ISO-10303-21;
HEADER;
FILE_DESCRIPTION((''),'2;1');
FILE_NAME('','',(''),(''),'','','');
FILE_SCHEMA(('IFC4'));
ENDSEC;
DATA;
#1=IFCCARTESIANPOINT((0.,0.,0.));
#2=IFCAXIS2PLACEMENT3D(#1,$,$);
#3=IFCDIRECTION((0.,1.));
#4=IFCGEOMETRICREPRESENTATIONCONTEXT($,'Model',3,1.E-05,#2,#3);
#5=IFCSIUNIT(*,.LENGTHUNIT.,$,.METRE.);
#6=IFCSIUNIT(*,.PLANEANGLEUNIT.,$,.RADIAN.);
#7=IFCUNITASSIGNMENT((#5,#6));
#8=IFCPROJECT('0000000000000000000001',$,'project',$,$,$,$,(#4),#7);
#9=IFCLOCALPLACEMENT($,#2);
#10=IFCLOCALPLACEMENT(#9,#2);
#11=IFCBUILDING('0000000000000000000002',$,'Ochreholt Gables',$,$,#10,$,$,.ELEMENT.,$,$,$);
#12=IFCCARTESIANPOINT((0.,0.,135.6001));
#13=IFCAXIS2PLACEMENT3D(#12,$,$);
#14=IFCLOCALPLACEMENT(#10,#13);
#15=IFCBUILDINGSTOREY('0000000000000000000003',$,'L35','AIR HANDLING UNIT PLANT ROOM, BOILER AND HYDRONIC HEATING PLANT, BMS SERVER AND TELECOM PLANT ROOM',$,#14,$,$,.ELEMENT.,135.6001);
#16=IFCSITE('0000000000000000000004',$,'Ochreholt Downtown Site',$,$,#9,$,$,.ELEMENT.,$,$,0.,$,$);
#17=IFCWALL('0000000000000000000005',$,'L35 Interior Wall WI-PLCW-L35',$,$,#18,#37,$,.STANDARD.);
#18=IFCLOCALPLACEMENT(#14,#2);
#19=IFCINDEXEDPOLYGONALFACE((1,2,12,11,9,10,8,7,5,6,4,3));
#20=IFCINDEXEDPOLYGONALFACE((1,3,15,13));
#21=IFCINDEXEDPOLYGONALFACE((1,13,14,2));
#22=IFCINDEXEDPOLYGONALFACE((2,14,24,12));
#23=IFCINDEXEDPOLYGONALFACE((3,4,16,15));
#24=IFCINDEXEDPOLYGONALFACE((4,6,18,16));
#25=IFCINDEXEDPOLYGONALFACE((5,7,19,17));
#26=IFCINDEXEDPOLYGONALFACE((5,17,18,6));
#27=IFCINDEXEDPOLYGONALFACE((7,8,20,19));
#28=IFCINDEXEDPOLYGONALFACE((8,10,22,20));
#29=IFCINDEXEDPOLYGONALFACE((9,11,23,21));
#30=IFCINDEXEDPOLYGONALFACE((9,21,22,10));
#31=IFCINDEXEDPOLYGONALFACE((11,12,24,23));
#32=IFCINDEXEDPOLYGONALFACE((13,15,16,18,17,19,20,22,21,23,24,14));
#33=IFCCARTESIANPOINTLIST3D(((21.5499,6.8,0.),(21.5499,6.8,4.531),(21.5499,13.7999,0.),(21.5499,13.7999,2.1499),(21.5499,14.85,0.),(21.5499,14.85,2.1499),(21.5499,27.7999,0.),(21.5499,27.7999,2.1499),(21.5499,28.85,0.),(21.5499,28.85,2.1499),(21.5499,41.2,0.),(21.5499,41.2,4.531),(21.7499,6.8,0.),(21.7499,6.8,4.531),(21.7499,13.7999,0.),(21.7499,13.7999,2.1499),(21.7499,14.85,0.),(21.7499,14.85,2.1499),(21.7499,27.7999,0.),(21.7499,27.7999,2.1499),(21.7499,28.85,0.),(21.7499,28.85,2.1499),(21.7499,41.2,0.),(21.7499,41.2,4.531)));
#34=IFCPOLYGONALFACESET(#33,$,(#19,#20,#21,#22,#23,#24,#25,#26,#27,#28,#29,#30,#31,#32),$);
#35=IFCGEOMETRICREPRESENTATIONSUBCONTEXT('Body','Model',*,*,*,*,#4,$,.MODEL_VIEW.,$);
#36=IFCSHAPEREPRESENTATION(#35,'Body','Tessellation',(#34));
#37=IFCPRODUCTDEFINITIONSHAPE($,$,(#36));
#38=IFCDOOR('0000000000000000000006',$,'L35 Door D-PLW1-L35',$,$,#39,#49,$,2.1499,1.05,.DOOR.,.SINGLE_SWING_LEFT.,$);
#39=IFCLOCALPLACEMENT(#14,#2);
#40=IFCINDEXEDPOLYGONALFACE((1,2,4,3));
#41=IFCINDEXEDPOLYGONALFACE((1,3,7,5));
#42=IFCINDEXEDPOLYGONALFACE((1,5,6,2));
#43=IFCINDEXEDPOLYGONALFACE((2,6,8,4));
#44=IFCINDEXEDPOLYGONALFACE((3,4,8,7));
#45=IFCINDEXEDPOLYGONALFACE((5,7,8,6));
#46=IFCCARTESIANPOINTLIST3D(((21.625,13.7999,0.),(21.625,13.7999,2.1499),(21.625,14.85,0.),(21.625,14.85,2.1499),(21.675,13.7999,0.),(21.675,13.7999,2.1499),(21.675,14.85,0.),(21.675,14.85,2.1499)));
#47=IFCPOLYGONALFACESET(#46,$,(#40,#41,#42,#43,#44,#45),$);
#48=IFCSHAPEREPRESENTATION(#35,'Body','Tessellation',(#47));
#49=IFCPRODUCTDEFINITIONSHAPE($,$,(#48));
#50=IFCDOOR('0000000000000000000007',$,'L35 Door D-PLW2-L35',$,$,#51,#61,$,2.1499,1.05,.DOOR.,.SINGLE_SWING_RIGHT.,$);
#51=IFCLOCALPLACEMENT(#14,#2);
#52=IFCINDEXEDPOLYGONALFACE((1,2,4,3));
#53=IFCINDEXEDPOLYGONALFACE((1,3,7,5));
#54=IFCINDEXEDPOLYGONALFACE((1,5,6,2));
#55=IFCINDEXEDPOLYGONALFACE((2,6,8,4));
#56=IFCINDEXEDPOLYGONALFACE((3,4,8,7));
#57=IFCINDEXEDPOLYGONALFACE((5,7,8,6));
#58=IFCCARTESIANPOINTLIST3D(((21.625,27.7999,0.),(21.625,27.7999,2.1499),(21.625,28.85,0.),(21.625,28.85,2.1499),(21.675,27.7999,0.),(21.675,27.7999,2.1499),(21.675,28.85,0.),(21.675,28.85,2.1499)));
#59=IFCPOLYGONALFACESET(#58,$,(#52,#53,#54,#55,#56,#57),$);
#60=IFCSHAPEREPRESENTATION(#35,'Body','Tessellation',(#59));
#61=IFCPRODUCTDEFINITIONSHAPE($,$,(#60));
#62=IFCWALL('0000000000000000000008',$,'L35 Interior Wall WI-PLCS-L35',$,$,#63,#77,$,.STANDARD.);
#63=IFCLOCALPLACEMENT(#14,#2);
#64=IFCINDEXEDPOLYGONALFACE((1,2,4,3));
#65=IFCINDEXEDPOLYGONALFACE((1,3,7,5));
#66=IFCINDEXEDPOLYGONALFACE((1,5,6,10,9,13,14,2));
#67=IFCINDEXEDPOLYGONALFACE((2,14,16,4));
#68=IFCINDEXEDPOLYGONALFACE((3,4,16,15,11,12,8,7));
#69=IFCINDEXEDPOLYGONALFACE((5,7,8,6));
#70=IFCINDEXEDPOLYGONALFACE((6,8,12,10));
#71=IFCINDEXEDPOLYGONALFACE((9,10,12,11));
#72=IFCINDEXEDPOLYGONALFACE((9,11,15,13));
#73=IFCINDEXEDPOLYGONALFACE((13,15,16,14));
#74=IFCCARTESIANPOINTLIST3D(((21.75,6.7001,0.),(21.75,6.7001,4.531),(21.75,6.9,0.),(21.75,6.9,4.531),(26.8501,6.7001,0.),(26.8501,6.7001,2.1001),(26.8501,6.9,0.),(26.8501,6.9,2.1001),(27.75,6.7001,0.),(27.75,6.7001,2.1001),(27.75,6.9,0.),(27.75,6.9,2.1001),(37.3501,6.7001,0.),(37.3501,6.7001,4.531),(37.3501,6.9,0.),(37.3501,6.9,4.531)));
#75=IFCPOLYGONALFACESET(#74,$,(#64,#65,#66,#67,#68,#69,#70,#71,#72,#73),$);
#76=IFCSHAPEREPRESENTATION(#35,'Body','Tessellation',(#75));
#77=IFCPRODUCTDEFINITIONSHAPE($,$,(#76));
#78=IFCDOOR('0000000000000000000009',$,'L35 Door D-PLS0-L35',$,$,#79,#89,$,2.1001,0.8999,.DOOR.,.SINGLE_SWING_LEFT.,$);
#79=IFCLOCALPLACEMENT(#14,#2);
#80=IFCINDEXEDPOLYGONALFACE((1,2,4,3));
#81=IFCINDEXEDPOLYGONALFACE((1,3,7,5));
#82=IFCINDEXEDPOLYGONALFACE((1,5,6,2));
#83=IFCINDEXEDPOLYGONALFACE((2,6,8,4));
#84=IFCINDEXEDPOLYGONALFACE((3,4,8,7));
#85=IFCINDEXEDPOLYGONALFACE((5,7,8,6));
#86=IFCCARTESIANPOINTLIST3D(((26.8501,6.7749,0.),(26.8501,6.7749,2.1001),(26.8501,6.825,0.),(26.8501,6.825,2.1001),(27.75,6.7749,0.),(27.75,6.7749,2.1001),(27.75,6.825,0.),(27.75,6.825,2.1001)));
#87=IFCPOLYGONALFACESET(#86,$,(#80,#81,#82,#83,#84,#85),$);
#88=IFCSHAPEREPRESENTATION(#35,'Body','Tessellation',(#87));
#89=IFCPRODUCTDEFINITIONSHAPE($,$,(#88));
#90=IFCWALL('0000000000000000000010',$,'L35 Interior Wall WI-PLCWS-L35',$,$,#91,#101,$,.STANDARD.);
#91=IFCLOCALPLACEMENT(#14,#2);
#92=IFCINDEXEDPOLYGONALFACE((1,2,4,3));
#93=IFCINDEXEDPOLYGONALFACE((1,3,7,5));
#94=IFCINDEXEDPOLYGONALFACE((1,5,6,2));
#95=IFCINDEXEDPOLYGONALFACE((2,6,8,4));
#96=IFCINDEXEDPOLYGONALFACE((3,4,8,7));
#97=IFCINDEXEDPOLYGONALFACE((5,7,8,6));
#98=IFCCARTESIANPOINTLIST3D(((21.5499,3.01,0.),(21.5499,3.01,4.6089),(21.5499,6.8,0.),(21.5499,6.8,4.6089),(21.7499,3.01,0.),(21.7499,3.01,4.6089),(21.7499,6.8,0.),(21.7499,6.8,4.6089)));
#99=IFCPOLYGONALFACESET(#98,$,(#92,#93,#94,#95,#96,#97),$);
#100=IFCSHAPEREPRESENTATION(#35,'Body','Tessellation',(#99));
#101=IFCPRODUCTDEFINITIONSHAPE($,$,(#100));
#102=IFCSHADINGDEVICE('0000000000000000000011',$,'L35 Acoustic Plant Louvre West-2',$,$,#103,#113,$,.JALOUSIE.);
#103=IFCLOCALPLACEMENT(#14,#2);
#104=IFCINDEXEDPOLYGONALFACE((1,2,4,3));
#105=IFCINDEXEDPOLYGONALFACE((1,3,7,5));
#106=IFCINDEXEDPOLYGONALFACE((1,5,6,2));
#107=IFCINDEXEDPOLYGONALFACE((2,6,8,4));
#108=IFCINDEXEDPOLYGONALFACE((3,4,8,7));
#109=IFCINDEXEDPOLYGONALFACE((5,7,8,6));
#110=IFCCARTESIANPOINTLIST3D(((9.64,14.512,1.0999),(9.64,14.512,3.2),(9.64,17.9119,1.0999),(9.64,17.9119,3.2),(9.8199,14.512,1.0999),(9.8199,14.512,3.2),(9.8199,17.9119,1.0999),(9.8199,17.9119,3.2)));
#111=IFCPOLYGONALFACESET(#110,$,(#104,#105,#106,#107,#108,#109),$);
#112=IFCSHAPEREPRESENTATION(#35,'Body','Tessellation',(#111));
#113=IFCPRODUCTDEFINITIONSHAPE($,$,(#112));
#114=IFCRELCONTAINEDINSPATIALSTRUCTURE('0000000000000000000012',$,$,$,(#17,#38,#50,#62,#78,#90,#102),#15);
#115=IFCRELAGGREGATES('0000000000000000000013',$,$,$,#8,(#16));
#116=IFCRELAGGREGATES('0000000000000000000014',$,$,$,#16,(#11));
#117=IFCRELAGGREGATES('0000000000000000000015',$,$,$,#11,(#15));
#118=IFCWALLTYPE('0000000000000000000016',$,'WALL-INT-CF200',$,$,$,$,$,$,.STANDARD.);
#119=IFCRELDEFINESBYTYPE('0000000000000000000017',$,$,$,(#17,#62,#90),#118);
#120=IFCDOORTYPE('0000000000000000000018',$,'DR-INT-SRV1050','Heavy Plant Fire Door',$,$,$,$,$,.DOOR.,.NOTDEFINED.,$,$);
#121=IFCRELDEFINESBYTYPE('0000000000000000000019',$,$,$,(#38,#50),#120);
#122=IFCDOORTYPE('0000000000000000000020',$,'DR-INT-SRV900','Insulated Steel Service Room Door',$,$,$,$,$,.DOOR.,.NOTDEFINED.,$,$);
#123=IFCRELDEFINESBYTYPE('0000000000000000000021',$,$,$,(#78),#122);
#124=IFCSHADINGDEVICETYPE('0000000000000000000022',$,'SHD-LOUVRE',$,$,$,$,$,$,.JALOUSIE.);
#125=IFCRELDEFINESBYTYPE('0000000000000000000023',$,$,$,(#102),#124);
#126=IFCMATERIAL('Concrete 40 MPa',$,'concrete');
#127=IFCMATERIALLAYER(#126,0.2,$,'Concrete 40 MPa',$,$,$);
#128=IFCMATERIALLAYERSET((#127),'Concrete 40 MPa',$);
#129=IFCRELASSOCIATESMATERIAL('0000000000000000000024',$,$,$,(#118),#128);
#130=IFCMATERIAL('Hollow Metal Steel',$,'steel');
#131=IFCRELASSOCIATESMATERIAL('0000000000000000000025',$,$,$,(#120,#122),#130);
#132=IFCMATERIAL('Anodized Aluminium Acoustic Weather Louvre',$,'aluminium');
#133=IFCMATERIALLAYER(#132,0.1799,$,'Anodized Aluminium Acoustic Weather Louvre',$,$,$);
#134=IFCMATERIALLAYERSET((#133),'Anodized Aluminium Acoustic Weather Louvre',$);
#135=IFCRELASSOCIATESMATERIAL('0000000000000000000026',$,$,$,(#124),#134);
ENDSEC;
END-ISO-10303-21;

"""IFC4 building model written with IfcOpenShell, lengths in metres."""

from ifc_helpers import new_model, si_unit, direction, frame, frame_2d, origin, origin_2d, place, context, subcontext, project, spatial, rectangle, extrude, material, layer, layer_set, type_object, element, fill, save


model = new_model("IFC4")

# Units and contexts
model_context = context("Model", 3, precision=1e-05, world=origin(), true_north=direction((0.0, 1.0)))
body_context = subcontext(model_context, "Body", "Model", "MODEL_VIEW")
ifc_project = project(units=[si_unit("LENGTHUNIT", "METRE"), si_unit("PLANEANGLEUNIT", "RADIAN")], contexts=[model_context])

# Site, building, storey
site_placement = place(None, origin())
site = spatial("IfcSite", under=ifc_project, at=site_placement, Name="Ochreholt Downtown Site", CompositionType="ELEMENT", RefElevation=0.0)
building_placement = place(site_placement, origin())
building = spatial("IfcBuilding", under=site, at=building_placement, Name="Ochreholt Gables", CompositionType="ELEMENT")
storey_placement = place(building_placement, frame((0.0, 0.0, 135.6001)))
storey = spatial("IfcBuildingStorey", under=building, at=storey_placement, Name="L35", Description="AIR HANDLING UNIT PLANT ROOM, BOILER AND HYDRONIC HEATING PLANT, BMS SERVER AND TELECOM PLANT ROOM", CompositionType="ELEMENT", Elevation=135.6001)

# Shared definitions
ifc_material_1 = material(Name="Concrete 40 MPa", Category="concrete")

# Wall, openings, doors
ifc_layer_1 = layer(ifc_material_1, 0.2, Name="Concrete 40 MPa")
ifc_layer_set_1 = layer_set([ifc_layer_1], Name="Concrete 40 MPa")
wall_type_1 = type_object("IfcWallType", Name="WALL-INT-CF200", PredefinedType="STANDARD", material=ifc_layer_set_1)
wall_1_placement = place(storey_placement, frame((21.6499, 6.8, 0.0), z_axis=(0.0, 0.0, 1.0), x_axis=(0.0, 1.0, 0.0)))
wall_1 = element("IfcWall", 1, at=wall_1_placement, inside=storey, type_object=wall_type_1, Name="L35 Interior Wall WI-PLCW-L35", PredefinedType="STANDARD", context=body_context, shape_type="SweptSolid", body=[
    extrude(rectangle(XDim=34.3999, YDim=0.2, at=frame_2d((17.2, 0.0))), origin(), (0.0, 0.0, 1.0), 4.531),
])
opening_1_placement = place(wall_1_placement, frame((7.0, 0.0, 0.0)))
opening_1 = element("IfcOpeningElement", 2, at=opening_1_placement, cuts=wall_1, PredefinedType="OPENING", context=body_context, shape_type="SweptSolid", body=[
    extrude(rectangle(XDim=1.05, YDim=2.1499, at=frame_2d((0.5249, 1.075))), frame((0.0, 0.1099, 0.0), z_axis=(0.0, -1.0, 0.0), x_axis=(1.0, 0.0, 0.0)), (0.0, 0.0, 1.0), 0.22),
])
opening_2_placement = place(wall_1_placement, frame((21.0, 0.0, 0.0)))
opening_2 = element("IfcOpeningElement", 3, at=opening_2_placement, cuts=wall_1, PredefinedType="OPENING", context=body_context, shape_type="SweptSolid", body=[
    extrude(rectangle(XDim=1.05, YDim=2.1499, at=frame_2d((0.5249, 1.075))), frame((0.0, 0.1099, 0.0), z_axis=(0.0, -1.0, 0.0), x_axis=(1.0, 0.0, 0.0)), (0.0, 0.0, 1.0), 0.22),
])
ifc_material_2 = material(Name="Hollow Metal Steel", Category="steel")
door_type_1 = type_object("IfcDoorType", Name="DR-INT-SRV1050", Description="Heavy Plant Fire Door", OperationType="NOTDEFINED", PredefinedType="DOOR", material=ifc_material_2)
door_1_placement = place(opening_1_placement, origin())
door_1 = element("IfcDoor", 4, at=door_1_placement, inside=storey, type_object=door_type_1, Name="L35 Door D-PLW1-L35", OperationType="SINGLE_SWING_LEFT", OverallHeight=2.1499, OverallWidth=1.05, PredefinedType="DOOR", context=body_context, shape_type="SweptSolid", body=[
    extrude(rectangle(XDim=1.05, YDim=2.1499, at=frame_2d((0.5249, 1.075))), frame((0.0, 0.0249, 0.0), z_axis=(0.0, -1.0, 0.0), x_axis=(1.0, 0.0, 0.0)), (0.0, 0.0, 1.0), 0.05),
])
fill(opening_1, door_1)
door_2_placement = place(opening_2_placement, origin())
door_2 = element("IfcDoor", 5, at=door_2_placement, inside=storey, type_object=door_type_1, Name="L35 Door D-PLW2-L35", OperationType="SINGLE_SWING_RIGHT", OverallHeight=2.1499, OverallWidth=1.05, PredefinedType="DOOR", context=body_context, shape_type="SweptSolid", body=[
    extrude(rectangle(XDim=1.05, YDim=2.1499, at=frame_2d((0.5249, 1.075))), frame((0.0, 0.0249, 0.0), z_axis=(0.0, -1.0, 0.0), x_axis=(1.0, 0.0, 0.0)), (0.0, 0.0, 1.0), 0.05),
])
fill(opening_2, door_2)

# Wall, opening, door
wall_2_placement = place(storey_placement, frame((21.75, 6.8, 0.0), z_axis=(0.0, 0.0, 1.0), x_axis=(1.0, 0.0, 0.0)))
wall_2 = element("IfcWall", 6, at=wall_2_placement, inside=storey, type_object=wall_type_1, Name="L35 Interior Wall WI-PLCS-L35", PredefinedType="STANDARD", context=body_context, shape_type="SweptSolid", body=[
    extrude(rectangle(XDim=15.6001, YDim=0.2, at=frame_2d((7.8, 0.0))), origin(), (0.0, 0.0, 1.0), 4.531),
])
opening_3_placement = place(wall_2_placement, frame((5.1001, 0.0, 0.0)))
opening_3 = element("IfcOpeningElement", 7, at=opening_3_placement, cuts=wall_2, PredefinedType="OPENING", context=body_context, shape_type="SweptSolid", body=[
    extrude(rectangle(XDim=0.8999, YDim=2.1001, at=frame_2d((0.45, 1.05))), frame((0.0, 0.1099, 0.0), z_axis=(0.0, -1.0, 0.0), x_axis=(1.0, 0.0, 0.0)), (0.0, 0.0, 1.0), 0.22),
])
door_type_2 = type_object("IfcDoorType", Name="DR-INT-SRV900", Description="Insulated Steel Service Room Door", OperationType="NOTDEFINED", PredefinedType="DOOR", material=ifc_material_2)
door_3_placement = place(opening_3_placement, origin())
door_3 = element("IfcDoor", 8, at=door_3_placement, inside=storey, type_object=door_type_2, Name="L35 Door D-PLS0-L35", OperationType="SINGLE_SWING_LEFT", OverallHeight=2.1001, OverallWidth=0.8999, PredefinedType="DOOR", context=body_context, shape_type="SweptSolid", body=[
    extrude(rectangle(XDim=0.8999, YDim=2.1001, at=frame_2d((0.45, 1.05))), frame((0.0, 0.0249, 0.0), z_axis=(0.0, -1.0, 0.0), x_axis=(1.0, 0.0, 0.0)), (0.0, 0.0, 1.0), 0.05),
])
fill(opening_3, door_3)

# Wall
wall_3_placement = place(storey_placement, frame((21.6499, 3.01, 0.0), z_axis=(0.0, 0.0, 1.0), x_axis=(0.0, 1.0, 0.0)))
element("IfcWall", 9, at=wall_3_placement, inside=storey, type_object=wall_type_1, Name="L35 Interior Wall WI-PLCWS-L35", PredefinedType="STANDARD", context=body_context, shape_type="SweptSolid", body=[
    extrude(rectangle(XDim=3.79, YDim=0.2, at=frame_2d((1.895, 0.0))), origin(), (0.0, 0.0, 1.0), 4.6089),
])

# Shading device
ifc_material_3 = material(Name="Anodized Aluminium Acoustic Weather Louvre", Category="aluminium")
ifc_layer_2 = layer(ifc_material_3, 0.1799, Name="Anodized Aluminium Acoustic Weather Louvre")
ifc_layer_set_2 = layer_set([ifc_layer_2], Name="Anodized Aluminium Acoustic Weather Louvre")
shading_device_type = type_object("IfcShadingDeviceType", Name="SHD-LOUVRE", PredefinedType="JALOUSIE", material=ifc_layer_set_2)
shading_device_placement = place(storey_placement, frame((9.73, 16.2119, 1.0999), z_axis=(0.0, 0.0, 1.0), x_axis=(0.0, -1.0, 0.0)))
element("IfcShadingDevice", 10, at=shading_device_placement, inside=storey, type_object=shading_device_type, Name="L35 Acoustic Plant Louvre West-2", PredefinedType="JALOUSIE", context=body_context, shape_type="SweptSolid", body=[
    extrude(rectangle(XDim=3.3999, YDim=0.1799, at=origin_2d()), origin(), (0.0, 0.0, 1.0), 2.1001),
])

save(model, "model.ifc")
